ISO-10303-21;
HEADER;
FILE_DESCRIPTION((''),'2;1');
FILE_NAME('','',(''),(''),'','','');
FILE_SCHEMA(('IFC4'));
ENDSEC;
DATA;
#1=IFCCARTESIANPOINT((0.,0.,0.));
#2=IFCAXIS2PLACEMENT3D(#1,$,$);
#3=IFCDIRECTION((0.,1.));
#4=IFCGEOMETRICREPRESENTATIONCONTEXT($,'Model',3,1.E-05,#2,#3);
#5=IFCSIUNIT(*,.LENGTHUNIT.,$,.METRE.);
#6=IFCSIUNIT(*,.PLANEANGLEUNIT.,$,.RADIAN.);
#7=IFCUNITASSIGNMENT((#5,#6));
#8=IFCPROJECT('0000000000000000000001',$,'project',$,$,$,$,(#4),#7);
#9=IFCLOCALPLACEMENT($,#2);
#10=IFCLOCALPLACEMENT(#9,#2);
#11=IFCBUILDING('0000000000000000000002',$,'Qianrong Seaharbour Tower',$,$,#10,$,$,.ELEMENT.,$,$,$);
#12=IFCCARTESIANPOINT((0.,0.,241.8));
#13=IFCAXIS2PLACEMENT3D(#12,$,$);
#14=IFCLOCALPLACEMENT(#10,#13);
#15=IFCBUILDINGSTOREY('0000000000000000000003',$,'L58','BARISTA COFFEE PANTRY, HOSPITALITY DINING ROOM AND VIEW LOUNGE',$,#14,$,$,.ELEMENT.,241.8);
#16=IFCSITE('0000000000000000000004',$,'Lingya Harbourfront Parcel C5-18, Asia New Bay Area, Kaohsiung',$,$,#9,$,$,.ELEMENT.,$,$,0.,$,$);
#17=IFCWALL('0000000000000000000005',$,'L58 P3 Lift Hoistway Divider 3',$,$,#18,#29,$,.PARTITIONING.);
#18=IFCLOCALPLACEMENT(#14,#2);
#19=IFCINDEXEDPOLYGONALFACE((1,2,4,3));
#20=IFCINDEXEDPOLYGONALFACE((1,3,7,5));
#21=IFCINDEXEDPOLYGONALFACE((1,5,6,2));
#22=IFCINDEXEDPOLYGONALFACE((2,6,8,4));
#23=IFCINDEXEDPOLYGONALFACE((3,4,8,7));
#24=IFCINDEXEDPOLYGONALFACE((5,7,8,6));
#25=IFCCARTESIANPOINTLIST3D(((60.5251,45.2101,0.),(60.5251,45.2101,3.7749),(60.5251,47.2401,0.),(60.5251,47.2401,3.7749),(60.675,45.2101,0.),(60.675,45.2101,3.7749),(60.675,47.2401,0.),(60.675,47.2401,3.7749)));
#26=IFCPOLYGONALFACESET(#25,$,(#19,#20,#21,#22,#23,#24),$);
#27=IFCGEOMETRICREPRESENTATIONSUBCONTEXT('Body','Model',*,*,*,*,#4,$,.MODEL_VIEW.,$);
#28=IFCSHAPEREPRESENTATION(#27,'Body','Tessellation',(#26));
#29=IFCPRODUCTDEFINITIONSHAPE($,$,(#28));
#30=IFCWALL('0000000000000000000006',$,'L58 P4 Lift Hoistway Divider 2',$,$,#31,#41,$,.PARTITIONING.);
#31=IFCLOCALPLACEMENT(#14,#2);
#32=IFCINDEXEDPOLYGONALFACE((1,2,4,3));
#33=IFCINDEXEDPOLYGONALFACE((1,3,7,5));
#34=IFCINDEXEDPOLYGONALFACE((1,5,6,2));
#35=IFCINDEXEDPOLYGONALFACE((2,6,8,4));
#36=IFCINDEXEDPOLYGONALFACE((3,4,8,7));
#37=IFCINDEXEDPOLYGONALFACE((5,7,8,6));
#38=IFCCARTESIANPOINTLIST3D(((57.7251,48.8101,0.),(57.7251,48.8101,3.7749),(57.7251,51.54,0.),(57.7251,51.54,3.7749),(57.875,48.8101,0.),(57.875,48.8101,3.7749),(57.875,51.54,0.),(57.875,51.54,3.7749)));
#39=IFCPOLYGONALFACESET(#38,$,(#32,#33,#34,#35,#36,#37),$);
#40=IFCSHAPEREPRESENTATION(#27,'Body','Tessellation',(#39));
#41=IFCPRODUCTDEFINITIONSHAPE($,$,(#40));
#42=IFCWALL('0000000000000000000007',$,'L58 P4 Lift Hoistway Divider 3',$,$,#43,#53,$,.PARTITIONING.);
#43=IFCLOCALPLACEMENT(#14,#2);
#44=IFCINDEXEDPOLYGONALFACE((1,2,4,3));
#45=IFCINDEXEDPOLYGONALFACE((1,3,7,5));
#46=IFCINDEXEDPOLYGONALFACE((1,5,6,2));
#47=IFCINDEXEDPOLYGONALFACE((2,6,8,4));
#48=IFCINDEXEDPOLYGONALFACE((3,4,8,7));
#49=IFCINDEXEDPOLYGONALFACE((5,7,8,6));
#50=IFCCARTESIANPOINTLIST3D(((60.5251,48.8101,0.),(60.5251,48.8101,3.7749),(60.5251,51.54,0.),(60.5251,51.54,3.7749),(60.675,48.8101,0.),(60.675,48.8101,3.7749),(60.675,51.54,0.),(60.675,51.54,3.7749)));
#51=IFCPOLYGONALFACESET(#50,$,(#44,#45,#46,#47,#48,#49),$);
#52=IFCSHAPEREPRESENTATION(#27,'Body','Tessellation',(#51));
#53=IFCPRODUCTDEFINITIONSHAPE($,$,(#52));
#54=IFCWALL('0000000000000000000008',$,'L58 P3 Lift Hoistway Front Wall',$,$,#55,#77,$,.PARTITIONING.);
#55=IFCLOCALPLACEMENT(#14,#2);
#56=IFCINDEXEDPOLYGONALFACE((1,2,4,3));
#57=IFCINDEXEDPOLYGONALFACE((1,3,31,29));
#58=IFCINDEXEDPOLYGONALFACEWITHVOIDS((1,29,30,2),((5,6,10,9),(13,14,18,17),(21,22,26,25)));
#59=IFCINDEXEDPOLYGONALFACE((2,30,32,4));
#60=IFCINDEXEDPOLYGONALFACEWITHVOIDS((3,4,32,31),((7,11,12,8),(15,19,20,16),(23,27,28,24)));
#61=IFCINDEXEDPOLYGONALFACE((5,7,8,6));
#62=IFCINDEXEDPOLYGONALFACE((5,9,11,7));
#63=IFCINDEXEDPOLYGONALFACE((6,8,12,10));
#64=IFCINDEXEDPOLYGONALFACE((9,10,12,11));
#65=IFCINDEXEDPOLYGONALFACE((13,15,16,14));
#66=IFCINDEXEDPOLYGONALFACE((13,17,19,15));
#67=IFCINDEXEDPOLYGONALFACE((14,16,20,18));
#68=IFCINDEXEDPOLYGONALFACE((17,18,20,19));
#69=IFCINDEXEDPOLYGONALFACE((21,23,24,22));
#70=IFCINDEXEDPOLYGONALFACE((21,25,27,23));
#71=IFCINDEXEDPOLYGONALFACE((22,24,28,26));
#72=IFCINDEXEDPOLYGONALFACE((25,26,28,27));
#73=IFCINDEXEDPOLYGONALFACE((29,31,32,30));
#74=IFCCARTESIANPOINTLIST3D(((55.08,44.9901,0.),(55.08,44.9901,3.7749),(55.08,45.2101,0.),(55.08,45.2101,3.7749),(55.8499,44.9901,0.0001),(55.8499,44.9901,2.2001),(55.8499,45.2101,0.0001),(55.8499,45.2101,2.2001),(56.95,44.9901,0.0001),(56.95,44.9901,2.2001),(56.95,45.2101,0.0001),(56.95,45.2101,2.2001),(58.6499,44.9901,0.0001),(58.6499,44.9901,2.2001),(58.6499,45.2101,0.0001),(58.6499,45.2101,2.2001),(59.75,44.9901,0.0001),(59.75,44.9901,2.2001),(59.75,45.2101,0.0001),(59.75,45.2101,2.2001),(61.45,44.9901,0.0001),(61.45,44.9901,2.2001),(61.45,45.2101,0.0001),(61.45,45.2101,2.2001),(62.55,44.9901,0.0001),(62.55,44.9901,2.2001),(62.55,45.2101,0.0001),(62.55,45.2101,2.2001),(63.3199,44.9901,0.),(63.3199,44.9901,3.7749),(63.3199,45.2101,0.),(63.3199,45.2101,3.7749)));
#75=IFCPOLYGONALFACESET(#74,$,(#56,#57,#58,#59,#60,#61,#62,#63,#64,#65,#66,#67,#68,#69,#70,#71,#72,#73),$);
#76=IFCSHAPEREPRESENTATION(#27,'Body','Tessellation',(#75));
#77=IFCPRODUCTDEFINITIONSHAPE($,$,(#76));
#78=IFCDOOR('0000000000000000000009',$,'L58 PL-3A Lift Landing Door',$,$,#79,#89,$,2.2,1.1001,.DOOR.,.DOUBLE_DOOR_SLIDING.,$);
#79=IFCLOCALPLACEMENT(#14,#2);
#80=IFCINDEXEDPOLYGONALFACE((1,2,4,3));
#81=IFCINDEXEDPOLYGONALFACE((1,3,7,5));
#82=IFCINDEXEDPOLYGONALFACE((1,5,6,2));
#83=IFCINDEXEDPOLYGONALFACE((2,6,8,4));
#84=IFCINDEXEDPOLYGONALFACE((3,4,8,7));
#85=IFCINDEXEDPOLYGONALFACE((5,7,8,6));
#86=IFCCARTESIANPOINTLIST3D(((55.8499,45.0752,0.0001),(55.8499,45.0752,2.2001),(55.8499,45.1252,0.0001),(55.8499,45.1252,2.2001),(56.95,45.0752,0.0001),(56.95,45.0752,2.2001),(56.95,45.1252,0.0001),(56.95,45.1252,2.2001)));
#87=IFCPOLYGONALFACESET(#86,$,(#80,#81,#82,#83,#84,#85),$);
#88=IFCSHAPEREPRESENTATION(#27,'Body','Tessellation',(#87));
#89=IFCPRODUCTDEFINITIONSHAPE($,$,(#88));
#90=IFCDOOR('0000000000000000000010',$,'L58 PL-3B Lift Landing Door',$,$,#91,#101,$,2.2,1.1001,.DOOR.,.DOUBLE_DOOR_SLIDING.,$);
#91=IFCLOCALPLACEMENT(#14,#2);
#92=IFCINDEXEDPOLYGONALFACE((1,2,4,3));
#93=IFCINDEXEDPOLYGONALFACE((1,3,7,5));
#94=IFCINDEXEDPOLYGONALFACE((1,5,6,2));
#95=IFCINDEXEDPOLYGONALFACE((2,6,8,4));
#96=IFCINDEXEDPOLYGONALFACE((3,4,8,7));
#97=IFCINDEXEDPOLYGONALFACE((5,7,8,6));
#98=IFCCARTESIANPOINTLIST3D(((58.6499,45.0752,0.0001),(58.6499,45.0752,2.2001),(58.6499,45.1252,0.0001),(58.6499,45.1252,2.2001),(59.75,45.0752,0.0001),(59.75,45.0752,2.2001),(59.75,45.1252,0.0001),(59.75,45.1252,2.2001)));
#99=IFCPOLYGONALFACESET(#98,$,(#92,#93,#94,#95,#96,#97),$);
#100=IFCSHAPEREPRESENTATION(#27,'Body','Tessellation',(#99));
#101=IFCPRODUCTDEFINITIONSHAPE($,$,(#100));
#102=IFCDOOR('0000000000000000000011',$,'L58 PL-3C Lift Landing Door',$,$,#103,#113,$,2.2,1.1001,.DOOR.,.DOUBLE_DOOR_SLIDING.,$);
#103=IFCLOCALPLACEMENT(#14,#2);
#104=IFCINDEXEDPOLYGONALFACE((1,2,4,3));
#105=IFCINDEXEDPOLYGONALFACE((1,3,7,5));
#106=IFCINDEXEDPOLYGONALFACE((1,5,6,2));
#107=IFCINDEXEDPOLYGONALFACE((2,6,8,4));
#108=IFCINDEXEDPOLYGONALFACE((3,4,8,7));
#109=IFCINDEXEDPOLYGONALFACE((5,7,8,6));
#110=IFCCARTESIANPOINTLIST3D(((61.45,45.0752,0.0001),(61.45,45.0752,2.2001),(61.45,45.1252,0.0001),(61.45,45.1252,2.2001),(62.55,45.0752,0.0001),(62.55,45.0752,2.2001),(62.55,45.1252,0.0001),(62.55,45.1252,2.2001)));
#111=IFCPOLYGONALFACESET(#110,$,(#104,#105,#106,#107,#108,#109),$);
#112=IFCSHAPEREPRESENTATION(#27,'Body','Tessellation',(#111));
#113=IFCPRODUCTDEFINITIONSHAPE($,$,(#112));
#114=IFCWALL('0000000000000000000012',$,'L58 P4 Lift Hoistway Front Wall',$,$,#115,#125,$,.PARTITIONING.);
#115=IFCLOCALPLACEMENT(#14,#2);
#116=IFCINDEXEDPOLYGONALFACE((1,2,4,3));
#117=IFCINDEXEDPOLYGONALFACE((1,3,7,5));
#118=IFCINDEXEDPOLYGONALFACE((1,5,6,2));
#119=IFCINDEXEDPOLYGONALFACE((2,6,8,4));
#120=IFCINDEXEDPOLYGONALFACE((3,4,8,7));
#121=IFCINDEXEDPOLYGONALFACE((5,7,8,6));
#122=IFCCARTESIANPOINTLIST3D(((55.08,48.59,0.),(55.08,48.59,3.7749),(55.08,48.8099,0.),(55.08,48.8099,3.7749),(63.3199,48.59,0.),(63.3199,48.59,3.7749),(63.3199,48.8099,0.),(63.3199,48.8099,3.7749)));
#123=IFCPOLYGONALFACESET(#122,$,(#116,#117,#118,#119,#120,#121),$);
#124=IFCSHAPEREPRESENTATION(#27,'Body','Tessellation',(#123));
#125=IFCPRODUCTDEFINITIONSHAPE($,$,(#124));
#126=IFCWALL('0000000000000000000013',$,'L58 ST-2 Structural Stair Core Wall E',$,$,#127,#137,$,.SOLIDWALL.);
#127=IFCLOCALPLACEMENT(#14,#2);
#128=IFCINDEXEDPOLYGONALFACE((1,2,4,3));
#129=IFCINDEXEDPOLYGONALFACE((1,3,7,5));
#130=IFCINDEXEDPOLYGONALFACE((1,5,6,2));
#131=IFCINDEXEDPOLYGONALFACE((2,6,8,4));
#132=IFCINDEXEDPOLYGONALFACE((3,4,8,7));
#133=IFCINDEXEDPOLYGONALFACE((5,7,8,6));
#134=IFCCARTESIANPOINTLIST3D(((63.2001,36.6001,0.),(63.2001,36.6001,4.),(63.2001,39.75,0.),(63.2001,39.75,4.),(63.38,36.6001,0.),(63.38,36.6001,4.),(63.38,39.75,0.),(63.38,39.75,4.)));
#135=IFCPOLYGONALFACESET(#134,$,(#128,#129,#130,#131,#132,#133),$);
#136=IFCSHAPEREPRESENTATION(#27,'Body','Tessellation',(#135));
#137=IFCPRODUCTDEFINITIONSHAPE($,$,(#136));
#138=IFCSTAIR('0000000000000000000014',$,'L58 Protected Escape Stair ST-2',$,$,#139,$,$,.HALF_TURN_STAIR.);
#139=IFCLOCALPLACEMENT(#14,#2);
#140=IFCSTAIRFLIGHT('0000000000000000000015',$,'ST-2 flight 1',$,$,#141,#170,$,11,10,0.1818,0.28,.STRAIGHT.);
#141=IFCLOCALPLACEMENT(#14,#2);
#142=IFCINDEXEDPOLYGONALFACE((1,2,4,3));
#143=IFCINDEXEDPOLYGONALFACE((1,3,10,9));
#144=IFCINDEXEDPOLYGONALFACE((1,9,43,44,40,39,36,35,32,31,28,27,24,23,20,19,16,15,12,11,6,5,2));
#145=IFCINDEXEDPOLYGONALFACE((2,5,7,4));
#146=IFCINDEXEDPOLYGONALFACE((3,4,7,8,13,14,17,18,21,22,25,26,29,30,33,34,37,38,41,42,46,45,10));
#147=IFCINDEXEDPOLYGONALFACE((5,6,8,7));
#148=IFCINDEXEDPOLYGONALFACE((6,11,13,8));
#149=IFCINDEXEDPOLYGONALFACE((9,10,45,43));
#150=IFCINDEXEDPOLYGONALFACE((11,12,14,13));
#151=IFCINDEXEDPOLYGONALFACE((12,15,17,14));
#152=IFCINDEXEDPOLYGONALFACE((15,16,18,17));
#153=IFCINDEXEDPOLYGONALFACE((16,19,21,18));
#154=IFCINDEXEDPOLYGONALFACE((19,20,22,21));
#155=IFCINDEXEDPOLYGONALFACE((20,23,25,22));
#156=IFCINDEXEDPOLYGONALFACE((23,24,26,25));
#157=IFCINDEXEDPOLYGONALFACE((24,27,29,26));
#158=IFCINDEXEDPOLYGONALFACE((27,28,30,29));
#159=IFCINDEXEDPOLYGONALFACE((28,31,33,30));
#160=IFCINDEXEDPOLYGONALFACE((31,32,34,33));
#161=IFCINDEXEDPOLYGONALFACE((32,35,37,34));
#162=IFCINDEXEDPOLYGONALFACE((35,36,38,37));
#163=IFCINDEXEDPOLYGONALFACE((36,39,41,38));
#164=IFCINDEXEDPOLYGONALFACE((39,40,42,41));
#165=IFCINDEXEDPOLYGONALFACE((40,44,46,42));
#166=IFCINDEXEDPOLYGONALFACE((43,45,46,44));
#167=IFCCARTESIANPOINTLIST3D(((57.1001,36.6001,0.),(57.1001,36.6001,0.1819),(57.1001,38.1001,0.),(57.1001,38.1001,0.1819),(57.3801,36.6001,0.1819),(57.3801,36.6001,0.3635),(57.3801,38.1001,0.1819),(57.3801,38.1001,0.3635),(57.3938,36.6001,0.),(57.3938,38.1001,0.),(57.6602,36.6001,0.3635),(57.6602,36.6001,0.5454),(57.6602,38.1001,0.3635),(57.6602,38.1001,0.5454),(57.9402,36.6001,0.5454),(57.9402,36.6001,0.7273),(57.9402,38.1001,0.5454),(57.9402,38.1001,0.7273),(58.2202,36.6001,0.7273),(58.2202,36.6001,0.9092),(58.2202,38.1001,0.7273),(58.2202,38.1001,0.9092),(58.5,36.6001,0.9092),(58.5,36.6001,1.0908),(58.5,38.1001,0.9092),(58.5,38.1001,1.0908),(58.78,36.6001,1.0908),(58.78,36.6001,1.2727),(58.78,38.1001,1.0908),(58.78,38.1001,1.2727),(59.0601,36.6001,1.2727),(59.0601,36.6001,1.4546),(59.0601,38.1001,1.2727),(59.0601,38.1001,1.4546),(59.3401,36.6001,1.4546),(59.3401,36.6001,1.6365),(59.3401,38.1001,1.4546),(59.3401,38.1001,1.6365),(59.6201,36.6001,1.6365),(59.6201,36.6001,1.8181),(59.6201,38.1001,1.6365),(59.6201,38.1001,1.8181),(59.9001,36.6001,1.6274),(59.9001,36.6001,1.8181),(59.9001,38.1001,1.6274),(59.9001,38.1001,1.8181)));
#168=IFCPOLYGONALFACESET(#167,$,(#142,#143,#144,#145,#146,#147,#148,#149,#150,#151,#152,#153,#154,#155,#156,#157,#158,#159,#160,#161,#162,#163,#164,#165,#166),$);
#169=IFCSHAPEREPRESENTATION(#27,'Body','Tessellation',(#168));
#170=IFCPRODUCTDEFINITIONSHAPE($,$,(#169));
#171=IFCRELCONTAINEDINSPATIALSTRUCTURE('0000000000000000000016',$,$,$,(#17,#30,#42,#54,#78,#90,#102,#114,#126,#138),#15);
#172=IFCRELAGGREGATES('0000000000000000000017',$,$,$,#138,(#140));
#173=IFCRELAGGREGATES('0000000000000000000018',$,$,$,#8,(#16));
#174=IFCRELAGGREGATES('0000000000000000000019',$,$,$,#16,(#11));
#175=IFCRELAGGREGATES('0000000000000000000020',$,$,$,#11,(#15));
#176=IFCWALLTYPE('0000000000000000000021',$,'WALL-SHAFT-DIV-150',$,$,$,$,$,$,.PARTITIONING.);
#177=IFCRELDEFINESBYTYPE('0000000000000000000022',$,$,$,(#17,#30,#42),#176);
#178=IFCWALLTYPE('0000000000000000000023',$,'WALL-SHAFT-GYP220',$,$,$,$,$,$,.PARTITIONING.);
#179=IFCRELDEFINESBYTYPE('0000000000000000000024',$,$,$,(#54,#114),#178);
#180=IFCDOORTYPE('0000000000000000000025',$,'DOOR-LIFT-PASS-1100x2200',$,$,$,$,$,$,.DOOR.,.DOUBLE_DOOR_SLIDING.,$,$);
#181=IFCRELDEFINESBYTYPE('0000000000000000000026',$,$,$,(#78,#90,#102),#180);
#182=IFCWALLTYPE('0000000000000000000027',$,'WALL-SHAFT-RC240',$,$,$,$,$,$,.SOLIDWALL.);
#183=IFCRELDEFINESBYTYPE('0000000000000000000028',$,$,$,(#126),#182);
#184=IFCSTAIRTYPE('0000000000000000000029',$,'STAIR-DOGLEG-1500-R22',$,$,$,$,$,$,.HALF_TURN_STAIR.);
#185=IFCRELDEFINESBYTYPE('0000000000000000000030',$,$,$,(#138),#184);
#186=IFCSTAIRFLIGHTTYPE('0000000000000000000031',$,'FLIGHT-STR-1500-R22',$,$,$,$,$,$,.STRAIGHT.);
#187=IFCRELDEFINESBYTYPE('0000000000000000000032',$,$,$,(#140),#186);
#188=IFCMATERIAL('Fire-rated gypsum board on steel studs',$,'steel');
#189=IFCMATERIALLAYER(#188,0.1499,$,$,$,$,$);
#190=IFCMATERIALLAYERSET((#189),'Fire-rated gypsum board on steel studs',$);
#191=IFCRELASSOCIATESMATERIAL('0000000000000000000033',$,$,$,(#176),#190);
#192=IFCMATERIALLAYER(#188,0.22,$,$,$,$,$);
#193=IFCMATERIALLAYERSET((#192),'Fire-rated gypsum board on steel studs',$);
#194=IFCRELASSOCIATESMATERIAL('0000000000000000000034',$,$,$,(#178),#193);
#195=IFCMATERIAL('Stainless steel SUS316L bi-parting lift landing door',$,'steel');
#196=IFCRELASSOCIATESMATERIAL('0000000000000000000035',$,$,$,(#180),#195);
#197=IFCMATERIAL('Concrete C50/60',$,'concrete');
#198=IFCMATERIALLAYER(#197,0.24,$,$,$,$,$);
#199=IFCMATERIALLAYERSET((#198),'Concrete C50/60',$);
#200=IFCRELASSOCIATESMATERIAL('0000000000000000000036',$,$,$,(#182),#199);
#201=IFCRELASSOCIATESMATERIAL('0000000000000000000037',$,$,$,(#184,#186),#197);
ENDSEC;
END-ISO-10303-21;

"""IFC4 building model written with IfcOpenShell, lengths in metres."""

from ifc_helpers import new_model, si_unit, direction, frame, frame_2d, origin, place, context, subcontext, project, spatial, polyline, rectangle, outline, extrude, material, layer, layer_set, type_object, element, fill, aggregate, save


model = new_model("IFC4")

# Units and contexts
model_context = context("Model", 3, precision=1e-05, world=origin(), true_north=direction((0.0, 1.0)))
body_context = subcontext(model_context, "Body", "Model", "MODEL_VIEW")
ifc_project = project(units=[si_unit("LENGTHUNIT", "METRE"), si_unit("PLANEANGLEUNIT", "RADIAN")], contexts=[model_context])

# Site, building, storey
site_placement = place(None, origin())
site = spatial("IfcSite", under=ifc_project, at=site_placement, Name="Lingya Harbourfront Parcel C5-18, Asia New Bay Area, Kaohsiung", CompositionType="ELEMENT", RefElevation=0.0)
building_placement = place(site_placement, origin())
building = spatial("IfcBuilding", under=site, at=building_placement, Name="Qianrong Seaharbour Tower", CompositionType="ELEMENT")
storey_placement = place(building_placement, frame((0.0, 0.0, 241.8)))
storey = spatial("IfcBuildingStorey", under=building, at=storey_placement, Name="L58", Description="BARISTA COFFEE PANTRY, HOSPITALITY DINING ROOM AND VIEW LOUNGE", CompositionType="ELEMENT", Elevation=241.8)

# Walls
ifc_material_1 = material(Name="Fire-rated gypsum board on steel studs", Category="steel")
ifc_layer_1 = layer(ifc_material_1, 0.1499)
ifc_layer_set_1 = layer_set([ifc_layer_1], Name="Fire-rated gypsum board on steel studs")
wall_type_1 = type_object("IfcWallType", Name="WALL-SHAFT-DIV-150", PredefinedType="PARTITIONING", material=ifc_layer_set_1)
for number, where, z_axis, x_axis, name in (
    (1, (60.6001, 45.21, 0.0), (0.0, 0.0, 1.0), (0.0, 1.0, 0.0), "L58 P3 Lift Hoistway Divider 3"),
):
    element("IfcWall", number, at=place(storey_placement, frame(where, z_axis=z_axis, x_axis=x_axis)), inside=storey, type_object=wall_type_1, Name=name, PredefinedType="PARTITIONING", context=body_context, shape_type="SweptSolid", body=[
        extrude(rectangle(XDim=2.03, YDim=0.1499, at=frame_2d((1.0151, 0.0))), origin(), (0.0, 0.0, 1.0), 3.7749),
    ])
for number, where, z_axis, x_axis, name in (
    (2, (57.8, 48.8101, 0.0), (0.0, 0.0, 1.0), (0.0, 1.0, 0.0), "L58 P4 Lift Hoistway Divider 2"),
    (3, (60.6001, 48.8101, 0.0), (0.0, 0.0, 1.0), (0.0, 1.0, 0.0), "L58 P4 Lift Hoistway Divider 3"),
):
    element("IfcWall", number, at=place(storey_placement, frame(where, z_axis=z_axis, x_axis=x_axis)), inside=storey, type_object=wall_type_1, Name=name, PredefinedType="PARTITIONING", context=body_context, shape_type="SweptSolid", body=[
        extrude(rectangle(XDim=2.73, YDim=0.1499, at=frame_2d((1.365, 0.0))), origin(), (0.0, 0.0, 1.0), 3.7749),
    ])

# Wall, openings, doors
ifc_layer_2 = layer(ifc_material_1, 0.22)
ifc_layer_set_2 = layer_set([ifc_layer_2], Name="Fire-rated gypsum board on steel studs")
wall_type_2 = type_object("IfcWallType", Name="WALL-SHAFT-GYP220", PredefinedType="PARTITIONING", material=ifc_layer_set_2)
wall_1_placement = place(storey_placement, frame((63.3201, 45.1001, 0.0), z_axis=(0.0, 0.0, 1.0), x_axis=(-1.0, 0.0, 0.0)))
wall_1 = element("IfcWall", 4, at=wall_1_placement, inside=storey, type_object=wall_type_2, Name="L58 P3 Lift Hoistway Front Wall", PredefinedType="PARTITIONING", context=body_context, shape_type="SweptSolid", body=[
    extrude(rectangle(XDim=8.24, YDim=0.22, at=frame_2d((4.1201, 0.0))), origin(), (0.0, 0.0, 1.0), 3.7749),
])
opening_1_placement = place(wall_1_placement, frame((6.3701, 0.0, 0.0)))
opening_1 = element("IfcOpeningElement", 5, at=opening_1_placement, cuts=wall_1, PredefinedType="OPENING", context=body_context, shape_type="SweptSolid", body=[
    extrude(rectangle(XDim=1.1001, YDim=2.2, at=frame_2d((0.55, 1.1001))), frame((0.0, 0.1201, 0.0), z_axis=(0.0, -1.0, 0.0), x_axis=(1.0, 0.0, 0.0)), (0.0, 0.0, 1.0), 0.24),
])
opening_2_placement = place(wall_1_placement, frame((3.5701, 0.0, 0.0)))
opening_2 = element("IfcOpeningElement", 6, at=opening_2_placement, cuts=wall_1, PredefinedType="OPENING", context=body_context, shape_type="SweptSolid", body=[
    extrude(rectangle(XDim=1.1001, YDim=2.2, at=frame_2d((0.55, 1.1001))), frame((0.0, 0.1201, 0.0), z_axis=(0.0, -1.0, 0.0), x_axis=(1.0, 0.0, 0.0)), (0.0, 0.0, 1.0), 0.24),
])
opening_3_placement = place(wall_1_placement, frame((0.77, 0.0, 0.0)))
opening_3 = element("IfcOpeningElement", 7, at=opening_3_placement, cuts=wall_1, PredefinedType="OPENING", context=body_context, shape_type="SweptSolid", body=[
    extrude(rectangle(XDim=1.1001, YDim=2.2, at=frame_2d((0.55, 1.1001))), frame((0.0, 0.1201, 0.0), z_axis=(0.0, -1.0, 0.0), x_axis=(1.0, 0.0, 0.0)), (0.0, 0.0, 1.0), 0.24),
])
ifc_material_2 = material(Name="Stainless steel SUS316L bi-parting lift landing door", Category="steel")
door_type_1 = type_object("IfcDoorType", Name="DOOR-LIFT-PASS-1100x2200", OperationType="DOUBLE_DOOR_SLIDING", PredefinedType="DOOR", material=ifc_material_2)
door_1_placement = place(opening_1_placement, origin())
door_1 = element("IfcDoor", 8, at=door_1_placement, inside=storey, type_object=door_type_1, Name="L58 PL-3A Lift Landing Door", OperationType="DOUBLE_DOOR_SLIDING", OverallHeight=2.2, OverallWidth=1.1001, PredefinedType="DOOR", context=body_context, shape_type="SweptSolid", body=[
    extrude(rectangle(XDim=1.1001, YDim=2.2, at=frame_2d((0.55, 1.1001))), frame((0.0, 0.0249, 0.0), z_axis=(0.0, -1.0, 0.0), x_axis=(1.0, 0.0, 0.0)), (0.0, 0.0, 1.0), 0.05),
])
fill(opening_1, door_1)
door_2_placement = place(opening_2_placement, origin())
door_2 = element("IfcDoor", 9, at=door_2_placement, inside=storey, type_object=door_type_1, Name="L58 PL-3B Lift Landing Door", OperationType="DOUBLE_DOOR_SLIDING", OverallHeight=2.2, OverallWidth=1.1001, PredefinedType="DOOR", context=body_context, shape_type="SweptSolid", body=[
    extrude(rectangle(XDim=1.1001, YDim=2.2, at=frame_2d((0.55, 1.1001))), frame((0.0, 0.0249, 0.0), z_axis=(0.0, -1.0, 0.0), x_axis=(1.0, 0.0, 0.0)), (0.0, 0.0, 1.0), 0.05),
])
fill(opening_2, door_2)
door_3_placement = place(opening_3_placement, origin())
door_3 = element("IfcDoor", 10, at=door_3_placement, inside=storey, type_object=door_type_1, Name="L58 PL-3C Lift Landing Door", OperationType="DOUBLE_DOOR_SLIDING", OverallHeight=2.2, OverallWidth=1.1001, PredefinedType="DOOR", context=body_context, shape_type="SweptSolid", body=[
    extrude(rectangle(XDim=1.1001, YDim=2.2, at=frame_2d((0.55, 1.1001))), frame((0.0, 0.0249, 0.0), z_axis=(0.0, -1.0, 0.0), x_axis=(1.0, 0.0, 0.0)), (0.0, 0.0, 1.0), 0.05),
])
fill(opening_3, door_3)

# Walls
wall_2_placement = place(storey_placement, frame((63.3201, 48.7, 0.0), z_axis=(0.0, 0.0, 1.0), x_axis=(-1.0, 0.0, 0.0)))
element("IfcWall", 11, at=wall_2_placement, inside=storey, type_object=wall_type_2, Name="L58 P4 Lift Hoistway Front Wall", PredefinedType="PARTITIONING", context=body_context, shape_type="SweptSolid", body=[
    extrude(rectangle(XDim=8.24, YDim=0.22, at=frame_2d((4.1201, 0.0))), origin(), (0.0, 0.0, 1.0), 3.7749),
])
ifc_material_3 = material(Name="Concrete C50/60", Category="concrete")
ifc_layer_3 = layer(ifc_material_3, 0.24)
ifc_layer_set_3 = layer_set([ifc_layer_3], Name="Concrete C50/60")
wall_type_3 = type_object("IfcWallType", Name="WALL-SHAFT-RC240", PredefinedType="SOLIDWALL", material=ifc_layer_set_3)
wall_3_placement = place(storey_placement, frame((63.29, 36.6001, 0.0), z_axis=(0.0, 0.0, 1.0), x_axis=(0.0, 1.0, 0.0)))
element("IfcWall", 12, at=wall_3_placement, inside=storey, type_object=wall_type_3, Name="L58 ST-2 Structural Stair Core Wall E", PredefinedType="SOLIDWALL", context=body_context, shape_type="SweptSolid", body=[
    extrude(rectangle(XDim=3.1499, YDim=0.1799, at=frame_2d((1.575, 0.0))), origin(), (0.0, 0.0, 1.0), 4.0),
])

# Stair, stair flight
stair_type = type_object("IfcStairType", Name="STAIR-DOGLEG-1500-R22", PredefinedType="HALF_TURN_STAIR", material=ifc_material_3)
stair_placement = place(storey_placement, origin())
stair = element("IfcStair", 13, at=stair_placement, inside=storey, type_object=stair_type, Name="L58 Protected Escape Stair ST-2", PredefinedType="HALF_TURN_STAIR")
stair_flight_type = type_object("IfcStairFlightType", Name="FLIGHT-STR-1500-R22", PredefinedType="STRAIGHT", material=ifc_material_3)
stair_flight_1_placement = place(storey_placement, frame((57.1001, 37.3501, 0.0), z_axis=(0.0, 0.0, 1.0), x_axis=(1.0, 0.0, 0.0)))
stair_flight_1 = element("IfcStairFlight", 14, at=stair_flight_1_placement, type_object=stair_flight_type, Name="ST-2 flight 1", NumberOfRisers=11, NumberOfTreads=10, PredefinedType="STRAIGHT", RiserHeight=0.1818, TreadLength=0.28, context=body_context, shape_type="SweptSolid", body=[
    extrude(outline(polyline([(0.0, 0.0), (0.0, 0.1819), (0.28, 0.1819), (0.28, 0.3635), (0.5601, 0.3635), (0.5601, 0.5454), (0.8401, 0.5454), (0.8401, 0.7273), (1.1201, 0.7273), (1.1201, 0.9092), (1.3999, 0.9092), (1.3999, 1.0908), (1.6799, 1.0908), (1.6799, 1.2727), (1.96, 1.2727), (1.96, 1.4546), (2.24, 1.4546), (2.24, 1.6365), (2.52, 1.6365), (2.52, 1.8181), (2.8, 1.8181), (2.8, 2.0), (2.8, 1.6274), (0.2937, 0.0), (0.0, 0.0)])), frame((0.0, 0.75, 0.0), z_axis=(0.0, -1.0, 0.0), x_axis=(1.0, 0.0, 0.0)), (0.0, 0.0, 1.0), 1.5),
])
aggregate(stair, [stair_flight_1])

save(model, "model.ifc")
